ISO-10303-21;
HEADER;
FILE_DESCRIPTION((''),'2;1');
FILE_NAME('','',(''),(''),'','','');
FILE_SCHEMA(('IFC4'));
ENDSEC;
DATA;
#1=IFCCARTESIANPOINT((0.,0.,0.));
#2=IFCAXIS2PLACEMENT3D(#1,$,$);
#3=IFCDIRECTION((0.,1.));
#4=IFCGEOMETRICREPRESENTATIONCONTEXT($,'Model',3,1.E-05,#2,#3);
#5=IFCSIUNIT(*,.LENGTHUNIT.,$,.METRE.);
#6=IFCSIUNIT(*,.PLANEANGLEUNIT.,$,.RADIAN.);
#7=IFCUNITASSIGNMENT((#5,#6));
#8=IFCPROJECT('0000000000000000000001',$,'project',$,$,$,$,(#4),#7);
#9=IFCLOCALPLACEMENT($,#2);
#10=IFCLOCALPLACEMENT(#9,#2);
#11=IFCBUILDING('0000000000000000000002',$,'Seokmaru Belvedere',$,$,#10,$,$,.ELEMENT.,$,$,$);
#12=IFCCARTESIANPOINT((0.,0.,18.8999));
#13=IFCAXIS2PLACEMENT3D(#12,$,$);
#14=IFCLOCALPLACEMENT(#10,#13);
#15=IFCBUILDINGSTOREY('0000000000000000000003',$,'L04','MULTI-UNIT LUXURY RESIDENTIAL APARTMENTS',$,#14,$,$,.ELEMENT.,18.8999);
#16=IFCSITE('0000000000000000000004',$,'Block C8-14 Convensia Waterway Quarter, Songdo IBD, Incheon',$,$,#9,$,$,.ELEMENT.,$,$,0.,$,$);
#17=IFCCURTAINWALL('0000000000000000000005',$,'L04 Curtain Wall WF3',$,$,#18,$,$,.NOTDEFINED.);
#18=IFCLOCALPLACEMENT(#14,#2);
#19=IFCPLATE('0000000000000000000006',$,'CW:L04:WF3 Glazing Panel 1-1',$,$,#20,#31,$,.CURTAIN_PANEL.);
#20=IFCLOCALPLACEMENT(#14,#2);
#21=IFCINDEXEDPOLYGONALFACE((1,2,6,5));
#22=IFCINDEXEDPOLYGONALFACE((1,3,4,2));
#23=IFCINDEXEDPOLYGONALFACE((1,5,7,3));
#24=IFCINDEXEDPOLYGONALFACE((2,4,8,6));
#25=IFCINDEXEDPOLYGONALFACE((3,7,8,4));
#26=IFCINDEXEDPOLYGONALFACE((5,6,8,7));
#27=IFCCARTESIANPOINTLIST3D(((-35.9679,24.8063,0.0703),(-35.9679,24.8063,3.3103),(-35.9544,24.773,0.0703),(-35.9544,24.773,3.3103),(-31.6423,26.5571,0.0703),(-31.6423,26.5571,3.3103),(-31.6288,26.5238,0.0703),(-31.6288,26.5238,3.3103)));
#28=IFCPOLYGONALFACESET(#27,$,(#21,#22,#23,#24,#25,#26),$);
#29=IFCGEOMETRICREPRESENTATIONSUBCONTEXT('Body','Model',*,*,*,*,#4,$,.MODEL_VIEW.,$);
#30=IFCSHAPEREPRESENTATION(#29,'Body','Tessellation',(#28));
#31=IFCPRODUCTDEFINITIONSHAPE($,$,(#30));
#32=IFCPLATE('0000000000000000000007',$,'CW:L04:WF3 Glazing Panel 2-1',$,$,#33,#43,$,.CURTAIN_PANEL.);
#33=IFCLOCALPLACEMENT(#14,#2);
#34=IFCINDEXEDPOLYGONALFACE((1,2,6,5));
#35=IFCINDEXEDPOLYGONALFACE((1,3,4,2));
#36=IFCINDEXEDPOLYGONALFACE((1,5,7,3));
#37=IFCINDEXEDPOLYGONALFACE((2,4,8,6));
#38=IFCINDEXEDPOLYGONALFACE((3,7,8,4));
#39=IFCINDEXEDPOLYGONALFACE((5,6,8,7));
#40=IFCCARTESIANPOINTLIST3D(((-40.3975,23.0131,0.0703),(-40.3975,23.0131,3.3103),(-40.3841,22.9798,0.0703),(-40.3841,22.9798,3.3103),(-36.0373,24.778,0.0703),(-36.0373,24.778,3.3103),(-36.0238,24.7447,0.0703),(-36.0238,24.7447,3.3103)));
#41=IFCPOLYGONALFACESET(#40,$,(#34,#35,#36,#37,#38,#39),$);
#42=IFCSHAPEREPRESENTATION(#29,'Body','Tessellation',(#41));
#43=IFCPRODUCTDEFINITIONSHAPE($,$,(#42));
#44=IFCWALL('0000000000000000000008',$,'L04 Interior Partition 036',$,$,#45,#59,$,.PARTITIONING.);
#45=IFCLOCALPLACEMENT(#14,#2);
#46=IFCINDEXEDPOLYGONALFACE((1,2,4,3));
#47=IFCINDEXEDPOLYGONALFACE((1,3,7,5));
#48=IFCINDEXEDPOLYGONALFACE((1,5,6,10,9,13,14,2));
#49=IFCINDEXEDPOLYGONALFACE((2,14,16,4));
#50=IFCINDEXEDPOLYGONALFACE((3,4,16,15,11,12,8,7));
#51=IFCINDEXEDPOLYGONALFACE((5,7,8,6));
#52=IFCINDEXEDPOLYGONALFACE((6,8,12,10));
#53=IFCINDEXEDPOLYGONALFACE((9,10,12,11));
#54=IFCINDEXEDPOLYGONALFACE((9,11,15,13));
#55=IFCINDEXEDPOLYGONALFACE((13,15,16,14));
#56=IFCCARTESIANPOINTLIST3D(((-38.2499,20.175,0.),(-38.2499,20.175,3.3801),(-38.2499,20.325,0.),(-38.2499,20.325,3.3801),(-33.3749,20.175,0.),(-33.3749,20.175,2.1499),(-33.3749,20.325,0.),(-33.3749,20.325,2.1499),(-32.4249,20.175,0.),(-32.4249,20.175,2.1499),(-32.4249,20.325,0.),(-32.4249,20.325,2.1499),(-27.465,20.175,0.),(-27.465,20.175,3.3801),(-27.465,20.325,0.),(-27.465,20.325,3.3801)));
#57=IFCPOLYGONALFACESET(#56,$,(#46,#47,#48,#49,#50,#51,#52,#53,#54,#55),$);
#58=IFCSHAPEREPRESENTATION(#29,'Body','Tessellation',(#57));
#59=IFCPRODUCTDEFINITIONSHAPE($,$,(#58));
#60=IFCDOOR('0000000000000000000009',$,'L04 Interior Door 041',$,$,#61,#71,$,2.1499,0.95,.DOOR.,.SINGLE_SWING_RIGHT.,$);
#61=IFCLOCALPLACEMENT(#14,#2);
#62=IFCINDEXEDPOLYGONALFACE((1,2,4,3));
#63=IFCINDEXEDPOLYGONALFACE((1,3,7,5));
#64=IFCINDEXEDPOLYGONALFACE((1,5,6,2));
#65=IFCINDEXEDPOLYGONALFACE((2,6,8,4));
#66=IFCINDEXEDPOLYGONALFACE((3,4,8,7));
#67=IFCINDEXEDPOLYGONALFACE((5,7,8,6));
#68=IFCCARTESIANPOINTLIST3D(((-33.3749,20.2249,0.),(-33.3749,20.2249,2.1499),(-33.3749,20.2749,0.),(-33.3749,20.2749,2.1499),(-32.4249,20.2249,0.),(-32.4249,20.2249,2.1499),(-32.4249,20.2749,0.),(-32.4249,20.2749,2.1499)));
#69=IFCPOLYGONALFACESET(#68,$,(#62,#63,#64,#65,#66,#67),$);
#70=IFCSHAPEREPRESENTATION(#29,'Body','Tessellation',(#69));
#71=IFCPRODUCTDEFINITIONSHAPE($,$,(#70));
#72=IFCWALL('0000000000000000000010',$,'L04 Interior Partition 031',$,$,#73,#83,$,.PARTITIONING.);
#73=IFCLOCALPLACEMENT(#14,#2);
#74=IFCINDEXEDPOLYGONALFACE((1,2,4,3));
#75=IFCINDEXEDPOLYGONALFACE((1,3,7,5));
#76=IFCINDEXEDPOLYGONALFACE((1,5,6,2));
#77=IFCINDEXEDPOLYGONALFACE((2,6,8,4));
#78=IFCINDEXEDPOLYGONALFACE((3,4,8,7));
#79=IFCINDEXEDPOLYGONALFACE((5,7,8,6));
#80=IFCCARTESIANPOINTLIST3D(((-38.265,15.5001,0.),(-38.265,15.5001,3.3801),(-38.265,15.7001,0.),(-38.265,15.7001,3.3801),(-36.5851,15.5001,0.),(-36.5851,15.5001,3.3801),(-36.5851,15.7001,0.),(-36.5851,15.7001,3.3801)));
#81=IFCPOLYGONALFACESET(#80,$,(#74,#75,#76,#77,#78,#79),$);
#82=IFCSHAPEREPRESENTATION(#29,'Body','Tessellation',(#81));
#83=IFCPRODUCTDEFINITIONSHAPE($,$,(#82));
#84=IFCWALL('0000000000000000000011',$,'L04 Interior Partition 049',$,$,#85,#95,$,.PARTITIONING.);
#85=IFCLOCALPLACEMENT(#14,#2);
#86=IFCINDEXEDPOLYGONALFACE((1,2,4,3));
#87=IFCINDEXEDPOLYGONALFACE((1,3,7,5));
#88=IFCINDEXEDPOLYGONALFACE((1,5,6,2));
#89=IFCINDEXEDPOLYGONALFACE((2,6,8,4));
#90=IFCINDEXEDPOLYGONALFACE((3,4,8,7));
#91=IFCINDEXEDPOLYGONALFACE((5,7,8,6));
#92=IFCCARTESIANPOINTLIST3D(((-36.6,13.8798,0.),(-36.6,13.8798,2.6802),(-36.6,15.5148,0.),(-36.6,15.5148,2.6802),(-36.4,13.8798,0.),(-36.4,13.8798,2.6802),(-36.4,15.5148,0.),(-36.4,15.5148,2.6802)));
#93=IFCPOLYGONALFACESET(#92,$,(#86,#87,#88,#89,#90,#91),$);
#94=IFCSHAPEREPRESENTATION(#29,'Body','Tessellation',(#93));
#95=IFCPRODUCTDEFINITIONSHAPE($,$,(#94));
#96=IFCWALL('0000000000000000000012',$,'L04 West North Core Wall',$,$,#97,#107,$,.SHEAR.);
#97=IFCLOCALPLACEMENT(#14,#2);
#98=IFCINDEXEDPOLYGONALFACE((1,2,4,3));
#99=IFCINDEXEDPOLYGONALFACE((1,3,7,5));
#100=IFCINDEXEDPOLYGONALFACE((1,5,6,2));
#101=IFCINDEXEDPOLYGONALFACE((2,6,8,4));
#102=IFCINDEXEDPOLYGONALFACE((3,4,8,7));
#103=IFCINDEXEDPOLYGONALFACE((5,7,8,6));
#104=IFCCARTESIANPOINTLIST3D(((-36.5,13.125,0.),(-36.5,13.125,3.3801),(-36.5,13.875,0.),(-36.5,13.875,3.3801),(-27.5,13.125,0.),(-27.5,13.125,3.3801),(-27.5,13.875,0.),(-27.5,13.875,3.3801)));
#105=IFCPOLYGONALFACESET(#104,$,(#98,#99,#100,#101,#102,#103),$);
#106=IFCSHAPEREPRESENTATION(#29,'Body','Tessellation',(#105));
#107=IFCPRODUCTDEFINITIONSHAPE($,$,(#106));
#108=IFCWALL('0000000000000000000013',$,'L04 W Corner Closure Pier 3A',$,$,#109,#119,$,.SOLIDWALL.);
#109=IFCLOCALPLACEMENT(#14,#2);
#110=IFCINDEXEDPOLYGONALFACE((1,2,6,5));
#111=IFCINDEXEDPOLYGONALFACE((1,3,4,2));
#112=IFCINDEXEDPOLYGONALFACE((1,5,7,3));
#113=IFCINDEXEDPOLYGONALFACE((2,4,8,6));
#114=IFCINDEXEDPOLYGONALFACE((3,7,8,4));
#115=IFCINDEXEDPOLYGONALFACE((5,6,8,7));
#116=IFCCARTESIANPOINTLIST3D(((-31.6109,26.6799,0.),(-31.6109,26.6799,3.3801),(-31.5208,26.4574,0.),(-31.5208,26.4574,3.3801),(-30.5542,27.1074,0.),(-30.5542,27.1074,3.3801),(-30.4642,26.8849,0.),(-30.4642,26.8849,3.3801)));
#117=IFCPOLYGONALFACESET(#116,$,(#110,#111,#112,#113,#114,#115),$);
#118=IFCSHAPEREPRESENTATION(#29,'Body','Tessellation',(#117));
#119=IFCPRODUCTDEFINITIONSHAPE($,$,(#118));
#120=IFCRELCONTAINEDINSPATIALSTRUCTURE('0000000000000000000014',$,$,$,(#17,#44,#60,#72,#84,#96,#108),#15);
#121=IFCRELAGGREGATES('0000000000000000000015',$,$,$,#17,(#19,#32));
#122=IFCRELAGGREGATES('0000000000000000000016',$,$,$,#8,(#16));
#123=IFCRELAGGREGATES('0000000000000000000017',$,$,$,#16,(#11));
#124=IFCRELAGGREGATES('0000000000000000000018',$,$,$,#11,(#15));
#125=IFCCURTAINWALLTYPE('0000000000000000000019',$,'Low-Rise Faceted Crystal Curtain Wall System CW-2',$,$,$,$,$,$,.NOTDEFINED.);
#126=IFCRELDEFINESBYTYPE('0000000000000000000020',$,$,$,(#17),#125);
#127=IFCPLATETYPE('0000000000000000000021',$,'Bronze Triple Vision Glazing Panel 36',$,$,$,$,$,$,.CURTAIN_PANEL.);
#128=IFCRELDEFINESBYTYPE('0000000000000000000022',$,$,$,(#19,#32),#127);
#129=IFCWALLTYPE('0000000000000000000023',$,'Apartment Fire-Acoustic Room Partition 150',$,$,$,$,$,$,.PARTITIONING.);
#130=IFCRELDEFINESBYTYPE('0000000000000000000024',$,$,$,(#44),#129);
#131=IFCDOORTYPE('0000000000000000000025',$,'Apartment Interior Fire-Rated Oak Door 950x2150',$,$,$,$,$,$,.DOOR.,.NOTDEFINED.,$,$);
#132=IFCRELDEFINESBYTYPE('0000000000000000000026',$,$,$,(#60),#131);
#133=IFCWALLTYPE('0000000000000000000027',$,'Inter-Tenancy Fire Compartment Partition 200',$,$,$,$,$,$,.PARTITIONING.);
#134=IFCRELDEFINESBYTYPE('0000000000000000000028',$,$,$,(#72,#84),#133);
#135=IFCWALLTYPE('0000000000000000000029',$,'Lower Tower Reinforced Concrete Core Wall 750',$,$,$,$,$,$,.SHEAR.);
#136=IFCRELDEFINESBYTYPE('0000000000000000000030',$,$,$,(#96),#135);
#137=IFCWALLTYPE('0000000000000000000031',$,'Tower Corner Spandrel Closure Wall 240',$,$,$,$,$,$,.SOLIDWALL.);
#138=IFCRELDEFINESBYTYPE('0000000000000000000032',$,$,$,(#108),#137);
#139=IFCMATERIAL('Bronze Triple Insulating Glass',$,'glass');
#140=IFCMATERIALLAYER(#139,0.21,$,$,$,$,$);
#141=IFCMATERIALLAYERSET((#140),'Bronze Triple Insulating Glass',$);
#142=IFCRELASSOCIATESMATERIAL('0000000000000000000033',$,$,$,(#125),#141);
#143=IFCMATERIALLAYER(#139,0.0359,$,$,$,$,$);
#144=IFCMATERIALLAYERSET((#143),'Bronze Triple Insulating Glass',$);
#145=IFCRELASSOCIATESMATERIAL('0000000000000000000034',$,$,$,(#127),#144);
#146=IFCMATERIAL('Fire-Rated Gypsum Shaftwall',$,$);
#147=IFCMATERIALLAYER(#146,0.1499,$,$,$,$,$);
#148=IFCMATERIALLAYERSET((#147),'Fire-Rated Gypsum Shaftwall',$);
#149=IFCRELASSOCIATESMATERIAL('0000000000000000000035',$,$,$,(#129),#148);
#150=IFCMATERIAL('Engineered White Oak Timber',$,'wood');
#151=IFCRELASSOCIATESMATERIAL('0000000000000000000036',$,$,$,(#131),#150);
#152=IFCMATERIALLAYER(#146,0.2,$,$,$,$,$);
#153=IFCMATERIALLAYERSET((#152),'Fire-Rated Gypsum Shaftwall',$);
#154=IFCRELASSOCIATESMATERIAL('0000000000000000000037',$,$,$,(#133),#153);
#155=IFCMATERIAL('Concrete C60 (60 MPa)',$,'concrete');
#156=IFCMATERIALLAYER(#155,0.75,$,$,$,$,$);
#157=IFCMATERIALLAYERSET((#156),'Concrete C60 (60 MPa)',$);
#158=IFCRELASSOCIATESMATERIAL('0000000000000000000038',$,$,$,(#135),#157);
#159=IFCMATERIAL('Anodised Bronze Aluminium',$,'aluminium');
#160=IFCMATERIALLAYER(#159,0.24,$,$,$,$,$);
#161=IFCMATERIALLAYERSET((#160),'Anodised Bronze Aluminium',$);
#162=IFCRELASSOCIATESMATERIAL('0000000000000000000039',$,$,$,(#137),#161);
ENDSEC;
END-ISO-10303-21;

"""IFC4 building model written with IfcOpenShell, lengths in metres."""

from ifc_helpers import new_model, si_unit, direction, frame, frame_2d, origin, origin_2d, place, context, subcontext, project, spatial, rectangle, extrude, source, transform, mapped, material, layer, layer_set, type_object, type_shapes, element, fill, aggregate, save


model = new_model("IFC4")

# Units and contexts
model_context = context("Model", 3, precision=1e-05, world=origin(), true_north=direction((0.0, 1.0)))
body_context = subcontext(model_context, "Body", "Model", "MODEL_VIEW")
ifc_project = project(units=[si_unit("LENGTHUNIT", "METRE"), si_unit("PLANEANGLEUNIT", "RADIAN")], contexts=[model_context])

# Site, building, storey
site_placement = place(None, origin())
site = spatial("IfcSite", under=ifc_project, at=site_placement, Name="Block C8-14 Convensia Waterway Quarter, Songdo IBD, Incheon", CompositionType="ELEMENT", RefElevation=0.0)
building_placement = place(site_placement, origin())
building = spatial("IfcBuilding", under=site, at=building_placement, Name="Seokmaru Belvedere", CompositionType="ELEMENT")
storey_placement = place(building_placement, frame((0.0, 0.0, 18.8999)))
storey = spatial("IfcBuildingStorey", under=building, at=storey_placement, Name="L04", Description="MULTI-UNIT LUXURY RESIDENTIAL APARTMENTS", CompositionType="ELEMENT", Elevation=18.8999)

# Curtain wall, plates
ifc_material_1 = material(Name="Bronze Triple Insulating Glass", Category="glass")
ifc_layer_1 = layer(ifc_material_1, 0.21)
ifc_layer_set_1 = layer_set([ifc_layer_1], Name="Bronze Triple Insulating Glass")
curtain_wall_type = type_object("IfcCurtainWallType", Name="Low-Rise Faceted Crystal Curtain Wall System CW-2", PredefinedType="NOTDEFINED", material=ifc_layer_set_1)
curtain_wall_placement = place(storey_placement, origin())
curtain_wall = element("IfcCurtainWall", 1, at=curtain_wall_placement, inside=storey, type_object=curtain_wall_type, Name="L04 Curtain Wall WF3", PredefinedType="NOTDEFINED")
ifc_material_2 = material(Name="Anodised Bronze Aluminium", Category="aluminium")
ifc_layer_2 = layer(ifc_material_1, 0.0359)
ifc_layer_set_2 = layer_set([ifc_layer_2], Name="Bronze Triple Insulating Glass")
plate_type = type_object("IfcPlateType", Name="Bronze Triple Vision Glazing Panel 36", PredefinedType="CURTAIN_PANEL", material=ifc_layer_set_2)
shared_shape_1 = source(origin(), body_context, "Body", "SweptSolid", [
    extrude(rectangle(XDim=4.6665, YDim=0.0359, at=origin_2d()), origin(), (0.0, 0.0, 1.0), 3.24),
])
plate_1_placement = place(storey_placement, frame((-33.7983, 25.665, 0.0703), z_axis=(0.0, 0.0, 1.0), x_axis=(-0.926947, -0.375192, 0.0)))
plate_1 = element("IfcPlate", 2, at=plate_1_placement, type_object=plate_type, Name="CW:L04:WF3 Glazing Panel 1-1", PredefinedType="CURTAIN_PANEL", context=body_context, shape_type="MappedRepresentation", body=[
    mapped(shared_shape_1, transform((0.0, 0.0, 0.0), scale=1.0)),
])
shared_shape_2 = source(origin(), body_context, "Body", "SweptSolid", [
    extrude(rectangle(XDim=4.7039, YDim=0.0359, at=origin_2d()), origin(), (0.0, 0.0, 1.0), 3.24),
])
type_shapes(plate_type, [shared_shape_1, shared_shape_2])
plate_2_placement = place(storey_placement, frame((-38.2107, 23.8789, 0.0703), z_axis=(0.0, 0.0, 1.0), x_axis=(-0.926947, -0.375192, 0.0)))
plate_2 = element("IfcPlate", 3, at=plate_2_placement, type_object=plate_type, Name="CW:L04:WF3 Glazing Panel 2-1", PredefinedType="CURTAIN_PANEL", context=body_context, shape_type="MappedRepresentation", body=[
    mapped(shared_shape_2, transform((0.0, 0.0, 0.0), scale=1.0)),
])
aggregate(curtain_wall, [plate_1, plate_2])

# Wall, opening, door
ifc_material_3 = material(Name="Fire-Rated Gypsum Shaftwall")
ifc_layer_3 = layer(ifc_material_3, 0.1499)
ifc_layer_set_3 = layer_set([ifc_layer_3], Name="Fire-Rated Gypsum Shaftwall")
wall_type_1 = type_object("IfcWallType", Name="Apartment Fire-Acoustic Room Partition 150", PredefinedType="PARTITIONING", material=ifc_layer_set_3)
wall_1_placement = place(storey_placement, frame((-38.25, 20.25, 0.0), z_axis=(0.0, 0.0, 1.0), x_axis=(1.0, 0.0, 0.0)))
wall_1 = element("IfcWall", 4, at=wall_1_placement, inside=storey, type_object=wall_type_1, Name="L04 Interior Partition 036", PredefinedType="PARTITIONING", context=body_context, shape_type="SweptSolid", body=[
    extrude(rectangle(XDim=10.7849, YDim=0.1499, at=frame_2d((5.3926, 0.0))), origin(), (0.0, 0.0, 1.0), 3.3801),
])
opening_placement = place(wall_1_placement, frame((4.875, 0.0, 0.0)))
opening = element("IfcOpeningElement", 5, at=opening_placement, cuts=wall_1, PredefinedType="OPENING", context=body_context, shape_type="SweptSolid", body=[
    extrude(rectangle(XDim=0.95, YDim=2.1499, at=frame_2d((0.4751, 1.075))), frame((0.0, 0.085, 0.0), z_axis=(0.0, -1.0, 0.0), x_axis=(1.0, 0.0, 0.0)), (0.0, 0.0, 1.0), 0.1699),
])
ifc_material_4 = material(Name="Engineered White Oak Timber", Category="wood")
door_type = type_object("IfcDoorType", Name="Apartment Interior Fire-Rated Oak Door 950x2150", OperationType="NOTDEFINED", PredefinedType="DOOR", material=ifc_material_4)
shared_shape_3 = source(origin(), body_context, "Body", "SweptSolid", [
    extrude(rectangle(XDim=0.95, YDim=2.1499, at=frame_2d((0.4751, 1.075))), frame((0.0, 0.0249, 0.0), z_axis=(0.0, -1.0, 0.0), x_axis=(1.0, 0.0, 0.0)), (0.0, 0.0, 1.0), 0.05),
])
type_shapes(door_type, [shared_shape_3])
door_placement = place(opening_placement, origin())
door = element("IfcDoor", 6, at=door_placement, inside=storey, type_object=door_type, Name="L04 Interior Door 041", OperationType="SINGLE_SWING_RIGHT", OverallHeight=2.1499, OverallWidth=0.95, PredefinedType="DOOR", context=body_context, shape_type="MappedRepresentation", body=[
    mapped(shared_shape_3, transform((0.0, 0.0, 0.0), scale=1.0)),
])
fill(opening, door)

# Walls
ifc_layer_4 = layer(ifc_material_3, 0.2)
ifc_layer_set_4 = layer_set([ifc_layer_4], Name="Fire-Rated Gypsum Shaftwall")
wall_type_2 = type_object("IfcWallType", Name="Inter-Tenancy Fire Compartment Partition 200", PredefinedType="PARTITIONING", material=ifc_layer_set_4)
wall_2_placement = place(storey_placement, frame((-38.2649, 15.6001, 0.0), z_axis=(0.0, 0.0, 1.0), x_axis=(1.0, 0.0, 0.0)))
element("IfcWall", 7, at=wall_2_placement, inside=storey, type_object=wall_type_2, Name="L04 Interior Partition 031", PredefinedType="PARTITIONING", context=body_context, shape_type="SweptSolid", body=[
    extrude(rectangle(XDim=1.6799, YDim=0.2, at=frame_2d((0.8398, 0.0))), origin(), (0.0, 0.0, 1.0), 3.3801),
])
wall_3_placement = place(storey_placement, frame((-36.5, 13.8799, 0.0), z_axis=(0.0, 0.0, 1.0), x_axis=(0.0, 1.0, 0.0)))
element("IfcWall", 8, at=wall_3_placement, inside=storey, type_object=wall_type_2, Name="L04 Interior Partition 049", PredefinedType="PARTITIONING", context=body_context, shape_type="SweptSolid", body=[
    extrude(rectangle(XDim=1.635, YDim=0.2, at=frame_2d((0.8174, 0.0))), origin(), (0.0, 0.0, 1.0), 2.6802),
])
ifc_material_5 = material(Name="Concrete C60 (60 MPa)", Category="concrete")
ifc_layer_5 = layer(ifc_material_5, 0.75)
ifc_layer_set_5 = layer_set([ifc_layer_5], Name="Concrete C60 (60 MPa)")
wall_type_3 = type_object("IfcWallType", Name="Lower Tower Reinforced Concrete Core Wall 750", PredefinedType="SHEAR", material=ifc_layer_set_5)
wall_4_placement = place(storey_placement, frame((-36.5, 13.5, 0.0), z_axis=(0.0, 0.0, 1.0), x_axis=(1.0, 0.0, 0.0)))
element("IfcWall", 9, at=wall_4_placement, inside=storey, type_object=wall_type_3, Name="L04 West North Core Wall", PredefinedType="SHEAR", context=body_context, shape_type="SweptSolid", body=[
    extrude(rectangle(XDim=9.0, YDim=0.75, at=frame_2d((4.5, 0.0))), origin(), (0.0, 0.0, 1.0), 3.3801),
])
ifc_layer_6 = layer(ifc_material_2, 0.24)
ifc_layer_set_6 = layer_set([ifc_layer_6], Name="Anodised Bronze Aluminium")
wall_type_4 = type_object("IfcWallType", Name="Tower Corner Spandrel Closure Wall 240", PredefinedType="SOLIDWALL", material=ifc_layer_set_6)
wall_5_placement = place(storey_placement, frame((-30.5093, 26.9961, 0.0), z_axis=(0.0, 0.0, 1.0), x_axis=(-0.927007, -0.375044, 0.0)))
element("IfcWall", 10, at=wall_5_placement, inside=storey, type_object=wall_type_4, Name="L04 W Corner Closure Pier 3A", PredefinedType="SOLIDWALL", context=body_context, shape_type="SweptSolid", body=[
    extrude(rectangle(XDim=1.1399, YDim=0.24, at=frame_2d((0.5698, 0.0))), origin(), (0.0, 0.0, 1.0), 3.3801),
])

save(model, "model.ifc")
